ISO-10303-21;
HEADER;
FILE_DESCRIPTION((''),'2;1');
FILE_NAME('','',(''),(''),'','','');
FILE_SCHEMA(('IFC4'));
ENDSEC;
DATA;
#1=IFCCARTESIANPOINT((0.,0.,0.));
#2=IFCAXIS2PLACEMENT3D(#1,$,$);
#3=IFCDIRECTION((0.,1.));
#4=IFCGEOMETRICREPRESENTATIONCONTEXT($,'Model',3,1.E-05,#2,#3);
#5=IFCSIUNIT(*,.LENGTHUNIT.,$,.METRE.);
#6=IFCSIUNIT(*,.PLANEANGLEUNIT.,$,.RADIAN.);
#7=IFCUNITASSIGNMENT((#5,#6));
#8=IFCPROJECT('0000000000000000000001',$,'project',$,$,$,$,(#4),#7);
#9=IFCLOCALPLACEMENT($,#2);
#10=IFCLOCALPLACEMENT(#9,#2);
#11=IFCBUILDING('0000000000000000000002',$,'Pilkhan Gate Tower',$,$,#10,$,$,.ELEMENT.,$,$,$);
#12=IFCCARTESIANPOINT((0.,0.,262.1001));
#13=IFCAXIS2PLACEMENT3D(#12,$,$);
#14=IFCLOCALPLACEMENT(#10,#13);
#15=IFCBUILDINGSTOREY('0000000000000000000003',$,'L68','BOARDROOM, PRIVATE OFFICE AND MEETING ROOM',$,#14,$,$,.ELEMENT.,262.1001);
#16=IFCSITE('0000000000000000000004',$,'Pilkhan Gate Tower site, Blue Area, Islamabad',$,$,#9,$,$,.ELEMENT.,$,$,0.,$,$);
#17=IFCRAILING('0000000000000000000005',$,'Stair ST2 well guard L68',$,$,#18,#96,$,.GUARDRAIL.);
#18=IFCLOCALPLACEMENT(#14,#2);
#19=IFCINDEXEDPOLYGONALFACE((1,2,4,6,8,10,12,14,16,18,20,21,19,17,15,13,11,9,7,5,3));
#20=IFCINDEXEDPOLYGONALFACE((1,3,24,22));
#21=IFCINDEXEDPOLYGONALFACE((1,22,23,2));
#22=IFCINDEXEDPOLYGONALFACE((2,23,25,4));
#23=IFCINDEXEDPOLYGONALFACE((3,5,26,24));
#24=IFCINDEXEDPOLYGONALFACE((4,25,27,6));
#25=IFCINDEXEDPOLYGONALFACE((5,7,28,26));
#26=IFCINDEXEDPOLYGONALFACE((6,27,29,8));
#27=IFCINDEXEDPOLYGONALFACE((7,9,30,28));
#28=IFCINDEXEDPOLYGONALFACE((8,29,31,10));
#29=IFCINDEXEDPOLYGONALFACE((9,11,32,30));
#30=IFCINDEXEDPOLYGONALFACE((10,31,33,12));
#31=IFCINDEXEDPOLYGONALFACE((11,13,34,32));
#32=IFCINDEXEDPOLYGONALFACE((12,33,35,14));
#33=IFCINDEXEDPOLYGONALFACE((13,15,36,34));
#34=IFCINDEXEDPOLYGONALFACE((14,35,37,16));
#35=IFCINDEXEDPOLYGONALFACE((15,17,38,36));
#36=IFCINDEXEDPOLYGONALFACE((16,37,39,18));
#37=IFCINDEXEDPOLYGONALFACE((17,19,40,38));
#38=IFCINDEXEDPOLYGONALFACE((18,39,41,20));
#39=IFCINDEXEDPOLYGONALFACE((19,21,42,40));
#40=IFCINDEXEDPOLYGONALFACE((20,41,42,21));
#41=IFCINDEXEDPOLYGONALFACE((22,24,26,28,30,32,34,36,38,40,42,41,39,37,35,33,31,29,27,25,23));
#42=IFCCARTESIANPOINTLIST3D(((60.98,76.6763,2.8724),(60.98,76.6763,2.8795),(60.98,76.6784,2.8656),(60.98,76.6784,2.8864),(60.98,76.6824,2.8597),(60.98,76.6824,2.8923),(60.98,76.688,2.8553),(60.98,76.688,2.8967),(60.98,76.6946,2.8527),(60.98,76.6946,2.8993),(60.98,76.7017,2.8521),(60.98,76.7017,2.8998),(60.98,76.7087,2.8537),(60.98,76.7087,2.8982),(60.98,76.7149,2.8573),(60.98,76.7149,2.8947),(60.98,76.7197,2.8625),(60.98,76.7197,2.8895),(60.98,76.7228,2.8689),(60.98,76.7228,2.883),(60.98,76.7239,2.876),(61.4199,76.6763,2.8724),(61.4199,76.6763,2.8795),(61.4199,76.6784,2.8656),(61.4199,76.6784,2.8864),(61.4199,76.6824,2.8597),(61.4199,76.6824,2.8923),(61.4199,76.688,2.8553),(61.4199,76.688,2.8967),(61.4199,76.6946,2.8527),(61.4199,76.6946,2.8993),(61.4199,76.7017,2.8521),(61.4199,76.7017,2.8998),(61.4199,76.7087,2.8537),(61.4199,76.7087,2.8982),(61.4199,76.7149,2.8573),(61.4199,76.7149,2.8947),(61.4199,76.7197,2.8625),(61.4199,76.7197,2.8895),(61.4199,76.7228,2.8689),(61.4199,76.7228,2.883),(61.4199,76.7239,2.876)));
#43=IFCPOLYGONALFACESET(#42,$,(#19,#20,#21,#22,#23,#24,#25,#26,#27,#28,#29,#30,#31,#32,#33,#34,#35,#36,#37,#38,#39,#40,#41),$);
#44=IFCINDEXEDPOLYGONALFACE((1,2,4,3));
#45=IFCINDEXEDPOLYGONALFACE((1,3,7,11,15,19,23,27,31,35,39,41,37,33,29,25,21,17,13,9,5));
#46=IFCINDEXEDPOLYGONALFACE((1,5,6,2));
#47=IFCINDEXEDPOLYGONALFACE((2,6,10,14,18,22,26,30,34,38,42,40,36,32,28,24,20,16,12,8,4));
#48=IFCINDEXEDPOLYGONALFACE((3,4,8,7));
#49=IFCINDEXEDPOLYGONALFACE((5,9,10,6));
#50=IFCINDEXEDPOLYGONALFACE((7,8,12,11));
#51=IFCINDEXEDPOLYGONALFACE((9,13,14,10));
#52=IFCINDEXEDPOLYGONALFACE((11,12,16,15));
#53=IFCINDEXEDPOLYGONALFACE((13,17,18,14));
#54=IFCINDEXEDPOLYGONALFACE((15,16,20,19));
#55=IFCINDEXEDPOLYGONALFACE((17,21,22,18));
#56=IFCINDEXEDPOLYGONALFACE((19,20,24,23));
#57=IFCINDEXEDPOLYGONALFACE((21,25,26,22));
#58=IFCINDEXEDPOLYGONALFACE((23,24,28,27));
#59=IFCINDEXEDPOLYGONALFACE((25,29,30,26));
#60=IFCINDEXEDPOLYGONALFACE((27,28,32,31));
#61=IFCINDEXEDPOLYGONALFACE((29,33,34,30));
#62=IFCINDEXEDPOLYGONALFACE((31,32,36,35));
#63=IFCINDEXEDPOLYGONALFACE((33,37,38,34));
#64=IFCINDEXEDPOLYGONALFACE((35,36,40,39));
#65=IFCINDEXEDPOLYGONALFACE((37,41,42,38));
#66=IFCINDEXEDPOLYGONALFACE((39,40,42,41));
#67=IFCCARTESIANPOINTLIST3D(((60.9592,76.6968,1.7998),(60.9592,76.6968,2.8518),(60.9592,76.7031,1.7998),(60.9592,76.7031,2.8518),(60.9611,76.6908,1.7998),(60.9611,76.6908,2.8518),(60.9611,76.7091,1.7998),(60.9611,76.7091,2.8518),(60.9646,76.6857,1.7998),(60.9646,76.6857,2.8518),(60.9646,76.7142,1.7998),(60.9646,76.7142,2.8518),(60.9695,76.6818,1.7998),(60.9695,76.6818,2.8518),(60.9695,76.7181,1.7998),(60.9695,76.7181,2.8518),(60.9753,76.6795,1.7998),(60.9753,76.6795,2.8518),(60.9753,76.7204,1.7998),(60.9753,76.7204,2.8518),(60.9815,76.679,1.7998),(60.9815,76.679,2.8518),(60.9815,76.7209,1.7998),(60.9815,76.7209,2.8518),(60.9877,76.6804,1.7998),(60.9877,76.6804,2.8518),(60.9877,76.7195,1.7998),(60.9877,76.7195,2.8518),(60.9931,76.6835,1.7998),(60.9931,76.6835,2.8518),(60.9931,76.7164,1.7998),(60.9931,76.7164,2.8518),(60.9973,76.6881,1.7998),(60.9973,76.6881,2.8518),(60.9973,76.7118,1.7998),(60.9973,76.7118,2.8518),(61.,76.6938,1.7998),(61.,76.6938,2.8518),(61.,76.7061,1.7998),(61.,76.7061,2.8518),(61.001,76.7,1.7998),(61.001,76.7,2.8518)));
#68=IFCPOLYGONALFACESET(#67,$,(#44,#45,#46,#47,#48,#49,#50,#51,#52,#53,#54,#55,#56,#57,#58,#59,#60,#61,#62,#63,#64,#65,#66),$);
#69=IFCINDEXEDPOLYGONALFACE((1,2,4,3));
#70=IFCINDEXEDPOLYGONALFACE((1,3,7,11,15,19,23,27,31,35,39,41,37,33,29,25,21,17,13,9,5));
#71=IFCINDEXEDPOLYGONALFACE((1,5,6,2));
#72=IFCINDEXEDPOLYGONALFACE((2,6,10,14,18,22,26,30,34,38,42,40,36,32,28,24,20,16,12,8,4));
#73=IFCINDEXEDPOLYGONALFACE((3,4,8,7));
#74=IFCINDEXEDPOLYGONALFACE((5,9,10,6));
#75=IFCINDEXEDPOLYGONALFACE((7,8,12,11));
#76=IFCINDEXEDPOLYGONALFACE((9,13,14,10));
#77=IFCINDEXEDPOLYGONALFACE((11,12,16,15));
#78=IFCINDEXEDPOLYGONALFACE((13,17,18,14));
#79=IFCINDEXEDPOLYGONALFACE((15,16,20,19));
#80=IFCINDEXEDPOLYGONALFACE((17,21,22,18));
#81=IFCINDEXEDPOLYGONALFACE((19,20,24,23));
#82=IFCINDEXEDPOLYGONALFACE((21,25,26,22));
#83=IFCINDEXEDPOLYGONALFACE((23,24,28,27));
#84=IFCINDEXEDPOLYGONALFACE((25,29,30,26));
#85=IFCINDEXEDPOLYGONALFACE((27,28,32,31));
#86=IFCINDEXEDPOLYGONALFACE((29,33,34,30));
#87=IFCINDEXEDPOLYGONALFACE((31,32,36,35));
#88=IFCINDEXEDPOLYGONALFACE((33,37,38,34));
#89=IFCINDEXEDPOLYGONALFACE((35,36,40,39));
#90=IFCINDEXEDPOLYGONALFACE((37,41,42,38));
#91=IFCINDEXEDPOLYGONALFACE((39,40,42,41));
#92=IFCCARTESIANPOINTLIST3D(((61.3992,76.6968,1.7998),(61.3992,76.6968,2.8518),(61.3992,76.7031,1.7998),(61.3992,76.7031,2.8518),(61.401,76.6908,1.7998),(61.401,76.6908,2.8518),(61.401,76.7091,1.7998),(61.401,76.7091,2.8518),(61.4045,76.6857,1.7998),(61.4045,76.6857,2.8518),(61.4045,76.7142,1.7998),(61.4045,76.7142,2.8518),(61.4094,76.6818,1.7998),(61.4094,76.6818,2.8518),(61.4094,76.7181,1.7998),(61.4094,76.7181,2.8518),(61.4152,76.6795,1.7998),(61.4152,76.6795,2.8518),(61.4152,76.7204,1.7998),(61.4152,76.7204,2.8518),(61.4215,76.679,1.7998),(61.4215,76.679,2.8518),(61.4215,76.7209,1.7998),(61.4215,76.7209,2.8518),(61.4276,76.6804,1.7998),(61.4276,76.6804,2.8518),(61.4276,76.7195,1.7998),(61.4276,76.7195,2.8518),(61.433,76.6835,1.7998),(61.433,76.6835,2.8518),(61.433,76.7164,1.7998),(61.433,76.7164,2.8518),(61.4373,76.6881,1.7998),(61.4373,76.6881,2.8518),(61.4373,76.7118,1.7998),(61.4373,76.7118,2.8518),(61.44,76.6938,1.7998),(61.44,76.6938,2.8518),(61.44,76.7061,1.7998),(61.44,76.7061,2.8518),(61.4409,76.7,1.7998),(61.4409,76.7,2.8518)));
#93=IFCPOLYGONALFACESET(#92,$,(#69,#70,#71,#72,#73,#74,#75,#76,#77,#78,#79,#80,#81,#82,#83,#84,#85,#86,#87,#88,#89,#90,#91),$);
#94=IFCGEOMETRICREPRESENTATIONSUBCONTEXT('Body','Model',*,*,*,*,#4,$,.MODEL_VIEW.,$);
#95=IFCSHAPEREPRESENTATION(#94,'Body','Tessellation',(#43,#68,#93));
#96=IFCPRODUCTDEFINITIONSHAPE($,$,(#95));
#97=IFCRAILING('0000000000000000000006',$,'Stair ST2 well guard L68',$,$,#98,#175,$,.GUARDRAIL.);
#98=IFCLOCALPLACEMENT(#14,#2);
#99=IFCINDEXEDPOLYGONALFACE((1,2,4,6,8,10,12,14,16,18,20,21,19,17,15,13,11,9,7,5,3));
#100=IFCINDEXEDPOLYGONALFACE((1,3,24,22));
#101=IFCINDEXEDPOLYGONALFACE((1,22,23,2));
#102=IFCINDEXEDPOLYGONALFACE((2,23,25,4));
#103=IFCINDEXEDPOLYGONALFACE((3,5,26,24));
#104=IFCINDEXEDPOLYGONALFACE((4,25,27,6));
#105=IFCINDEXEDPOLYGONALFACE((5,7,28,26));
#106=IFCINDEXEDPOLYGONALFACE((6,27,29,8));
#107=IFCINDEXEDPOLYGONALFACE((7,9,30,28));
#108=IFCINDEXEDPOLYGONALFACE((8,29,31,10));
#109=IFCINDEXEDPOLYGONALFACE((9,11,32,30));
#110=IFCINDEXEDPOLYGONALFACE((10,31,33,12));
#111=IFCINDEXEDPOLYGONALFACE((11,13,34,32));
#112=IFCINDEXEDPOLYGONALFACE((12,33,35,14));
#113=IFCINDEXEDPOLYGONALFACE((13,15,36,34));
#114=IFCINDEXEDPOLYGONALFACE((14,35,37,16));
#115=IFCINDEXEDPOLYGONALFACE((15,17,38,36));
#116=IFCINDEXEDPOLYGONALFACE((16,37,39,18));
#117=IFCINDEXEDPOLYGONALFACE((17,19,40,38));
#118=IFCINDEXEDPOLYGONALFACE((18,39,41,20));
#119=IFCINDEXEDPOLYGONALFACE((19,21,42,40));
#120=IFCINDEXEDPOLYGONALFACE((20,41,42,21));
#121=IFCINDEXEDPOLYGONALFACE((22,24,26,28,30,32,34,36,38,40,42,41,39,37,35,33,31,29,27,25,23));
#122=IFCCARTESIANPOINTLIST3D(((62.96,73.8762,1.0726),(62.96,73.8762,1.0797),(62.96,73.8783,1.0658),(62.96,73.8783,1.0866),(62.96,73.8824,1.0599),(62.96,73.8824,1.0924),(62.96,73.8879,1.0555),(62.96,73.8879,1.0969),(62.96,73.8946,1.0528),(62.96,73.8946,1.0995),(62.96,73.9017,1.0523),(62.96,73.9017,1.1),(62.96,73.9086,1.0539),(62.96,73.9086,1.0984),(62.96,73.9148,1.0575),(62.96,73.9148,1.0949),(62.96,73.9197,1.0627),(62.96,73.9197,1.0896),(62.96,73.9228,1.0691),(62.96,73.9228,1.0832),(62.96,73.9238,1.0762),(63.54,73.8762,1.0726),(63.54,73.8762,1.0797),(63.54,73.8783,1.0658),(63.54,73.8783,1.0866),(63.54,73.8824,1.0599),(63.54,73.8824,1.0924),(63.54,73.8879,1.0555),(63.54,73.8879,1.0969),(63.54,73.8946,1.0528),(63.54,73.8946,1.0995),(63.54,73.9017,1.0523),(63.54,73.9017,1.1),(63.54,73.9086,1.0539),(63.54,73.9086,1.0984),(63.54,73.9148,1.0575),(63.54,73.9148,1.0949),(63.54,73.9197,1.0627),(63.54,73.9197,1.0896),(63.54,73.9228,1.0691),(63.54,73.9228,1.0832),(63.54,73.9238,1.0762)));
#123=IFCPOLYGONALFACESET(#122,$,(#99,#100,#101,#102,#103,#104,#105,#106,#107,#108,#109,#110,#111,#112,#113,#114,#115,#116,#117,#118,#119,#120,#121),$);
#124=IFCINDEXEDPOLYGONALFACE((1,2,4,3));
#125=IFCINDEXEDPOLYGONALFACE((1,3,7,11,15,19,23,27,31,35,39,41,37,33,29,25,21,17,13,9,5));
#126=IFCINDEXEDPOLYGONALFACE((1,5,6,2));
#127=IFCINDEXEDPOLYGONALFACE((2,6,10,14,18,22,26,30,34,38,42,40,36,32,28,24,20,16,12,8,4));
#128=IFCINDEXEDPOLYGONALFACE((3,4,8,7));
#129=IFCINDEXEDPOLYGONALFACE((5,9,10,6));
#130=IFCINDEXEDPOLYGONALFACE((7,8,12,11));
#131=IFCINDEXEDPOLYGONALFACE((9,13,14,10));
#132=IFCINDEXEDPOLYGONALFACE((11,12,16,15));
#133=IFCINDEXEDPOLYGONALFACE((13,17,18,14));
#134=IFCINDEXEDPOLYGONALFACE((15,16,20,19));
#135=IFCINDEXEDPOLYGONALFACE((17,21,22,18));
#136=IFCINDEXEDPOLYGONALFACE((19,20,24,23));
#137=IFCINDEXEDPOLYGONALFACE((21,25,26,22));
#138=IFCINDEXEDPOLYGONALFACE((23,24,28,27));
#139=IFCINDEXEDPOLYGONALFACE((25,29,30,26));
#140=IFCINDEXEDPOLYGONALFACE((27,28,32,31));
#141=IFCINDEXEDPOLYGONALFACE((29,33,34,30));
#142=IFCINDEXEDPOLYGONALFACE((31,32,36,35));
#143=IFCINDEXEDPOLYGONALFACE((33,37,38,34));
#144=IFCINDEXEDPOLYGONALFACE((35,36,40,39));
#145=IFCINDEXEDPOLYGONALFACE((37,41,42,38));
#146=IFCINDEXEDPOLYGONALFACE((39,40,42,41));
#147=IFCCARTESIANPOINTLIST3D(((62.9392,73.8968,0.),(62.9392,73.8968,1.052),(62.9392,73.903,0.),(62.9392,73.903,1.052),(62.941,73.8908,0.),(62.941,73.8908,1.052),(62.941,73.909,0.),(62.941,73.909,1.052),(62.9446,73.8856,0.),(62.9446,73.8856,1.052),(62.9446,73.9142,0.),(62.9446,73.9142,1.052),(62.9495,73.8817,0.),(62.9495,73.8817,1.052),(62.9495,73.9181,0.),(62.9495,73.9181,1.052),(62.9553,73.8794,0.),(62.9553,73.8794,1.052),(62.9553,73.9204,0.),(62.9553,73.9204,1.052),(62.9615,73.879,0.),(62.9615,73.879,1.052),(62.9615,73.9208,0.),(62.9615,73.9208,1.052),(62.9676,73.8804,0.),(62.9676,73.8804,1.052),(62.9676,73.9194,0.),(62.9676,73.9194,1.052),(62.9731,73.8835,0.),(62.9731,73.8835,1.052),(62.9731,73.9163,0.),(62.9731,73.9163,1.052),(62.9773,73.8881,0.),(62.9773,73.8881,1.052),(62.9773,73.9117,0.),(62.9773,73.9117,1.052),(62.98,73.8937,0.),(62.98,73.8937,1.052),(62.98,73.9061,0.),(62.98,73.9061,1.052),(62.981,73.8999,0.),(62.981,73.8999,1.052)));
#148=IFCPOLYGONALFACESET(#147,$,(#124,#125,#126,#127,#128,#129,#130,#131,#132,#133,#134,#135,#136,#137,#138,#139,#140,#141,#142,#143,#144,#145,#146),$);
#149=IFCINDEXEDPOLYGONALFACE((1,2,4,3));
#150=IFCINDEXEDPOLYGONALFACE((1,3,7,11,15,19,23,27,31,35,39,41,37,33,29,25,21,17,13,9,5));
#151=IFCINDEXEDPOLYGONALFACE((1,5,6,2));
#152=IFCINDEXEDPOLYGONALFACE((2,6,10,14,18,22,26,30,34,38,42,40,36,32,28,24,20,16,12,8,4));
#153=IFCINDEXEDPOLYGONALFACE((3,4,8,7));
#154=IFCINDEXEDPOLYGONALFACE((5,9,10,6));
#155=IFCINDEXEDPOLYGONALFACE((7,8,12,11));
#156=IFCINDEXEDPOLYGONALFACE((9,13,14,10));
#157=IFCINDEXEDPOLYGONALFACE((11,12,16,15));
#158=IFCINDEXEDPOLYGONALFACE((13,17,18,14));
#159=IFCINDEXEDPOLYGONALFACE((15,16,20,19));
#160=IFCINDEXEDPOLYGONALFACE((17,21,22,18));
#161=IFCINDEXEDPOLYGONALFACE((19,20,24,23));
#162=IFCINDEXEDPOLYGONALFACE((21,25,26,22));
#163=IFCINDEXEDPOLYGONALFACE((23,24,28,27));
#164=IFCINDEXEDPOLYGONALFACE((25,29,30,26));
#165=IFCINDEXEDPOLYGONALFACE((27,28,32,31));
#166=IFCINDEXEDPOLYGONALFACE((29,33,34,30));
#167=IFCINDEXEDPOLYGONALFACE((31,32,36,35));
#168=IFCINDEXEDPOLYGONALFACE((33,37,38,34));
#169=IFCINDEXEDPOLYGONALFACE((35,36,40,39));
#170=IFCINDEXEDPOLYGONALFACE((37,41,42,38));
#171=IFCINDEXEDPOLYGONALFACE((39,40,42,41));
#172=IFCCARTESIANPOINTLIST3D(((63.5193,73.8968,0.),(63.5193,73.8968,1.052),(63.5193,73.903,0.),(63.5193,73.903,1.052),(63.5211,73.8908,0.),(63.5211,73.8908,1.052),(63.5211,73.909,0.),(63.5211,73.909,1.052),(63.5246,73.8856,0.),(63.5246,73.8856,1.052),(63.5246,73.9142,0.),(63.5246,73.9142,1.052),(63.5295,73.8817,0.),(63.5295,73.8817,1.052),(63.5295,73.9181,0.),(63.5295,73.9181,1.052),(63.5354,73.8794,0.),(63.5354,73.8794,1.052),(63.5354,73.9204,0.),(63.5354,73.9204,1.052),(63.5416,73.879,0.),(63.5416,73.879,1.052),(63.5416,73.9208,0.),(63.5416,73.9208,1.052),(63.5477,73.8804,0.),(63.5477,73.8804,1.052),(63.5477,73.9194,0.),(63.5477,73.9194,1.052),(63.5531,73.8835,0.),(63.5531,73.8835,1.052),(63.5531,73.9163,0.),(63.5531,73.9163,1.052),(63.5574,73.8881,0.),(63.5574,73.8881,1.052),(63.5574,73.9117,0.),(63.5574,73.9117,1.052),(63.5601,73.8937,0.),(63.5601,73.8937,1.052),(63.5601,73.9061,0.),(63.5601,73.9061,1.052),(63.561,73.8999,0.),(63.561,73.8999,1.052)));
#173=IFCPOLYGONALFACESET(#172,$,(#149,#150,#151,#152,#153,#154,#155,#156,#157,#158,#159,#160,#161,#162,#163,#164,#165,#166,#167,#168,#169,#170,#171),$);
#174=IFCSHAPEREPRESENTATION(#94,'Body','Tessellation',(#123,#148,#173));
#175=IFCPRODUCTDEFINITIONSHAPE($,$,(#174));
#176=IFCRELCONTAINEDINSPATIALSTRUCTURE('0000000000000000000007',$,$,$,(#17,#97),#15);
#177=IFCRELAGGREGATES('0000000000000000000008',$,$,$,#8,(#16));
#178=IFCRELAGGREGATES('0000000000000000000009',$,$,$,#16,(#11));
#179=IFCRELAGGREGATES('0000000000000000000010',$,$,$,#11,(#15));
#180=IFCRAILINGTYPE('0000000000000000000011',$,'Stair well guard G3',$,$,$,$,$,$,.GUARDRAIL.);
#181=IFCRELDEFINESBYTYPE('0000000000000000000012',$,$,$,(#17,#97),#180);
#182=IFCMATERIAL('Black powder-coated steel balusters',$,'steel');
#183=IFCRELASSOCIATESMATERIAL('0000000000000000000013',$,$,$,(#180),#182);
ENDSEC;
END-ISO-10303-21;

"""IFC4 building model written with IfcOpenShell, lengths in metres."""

from ifc_helpers import new_model, si_unit, direction, frame, origin, origin_2d, place, context, subcontext, project, spatial, circle, extrude, material, type_object, element, save


model = new_model("IFC4")

# Units and contexts
model_context = context("Model", 3, precision=1e-05, world=origin(), true_north=direction((0.0, 1.0)))
body_context = subcontext(model_context, "Body", "Model", "MODEL_VIEW")
ifc_project = project(units=[si_unit("LENGTHUNIT", "METRE"), si_unit("PLANEANGLEUNIT", "RADIAN")], contexts=[model_context])

# Site, building, storey
site_placement = place(None, origin())
site = spatial("IfcSite", under=ifc_project, at=site_placement, Name="Pilkhan Gate Tower site, Blue Area, Islamabad", CompositionType="ELEMENT", RefElevation=0.0)
building_placement = place(site_placement, origin())
building = spatial("IfcBuilding", under=site, at=building_placement, Name="Pilkhan Gate Tower", CompositionType="ELEMENT")
storey_placement = place(building_placement, frame((0.0, 0.0, 262.1001)))
storey = spatial("IfcBuildingStorey", under=building, at=storey_placement, Name="L68", Description="BOARDROOM, PRIVATE OFFICE AND MEETING ROOM", CompositionType="ELEMENT", Elevation=262.1001)

# Railings
ifc_material_1 = material(Name="Black powder-coated steel balusters", Category="steel")
railing_type_1 = type_object("IfcRailingType", Name="Stair well guard G3", PredefinedType="GUARDRAIL", material=ifc_material_1)
railing_1_placement = place(storey_placement, frame((60.98, 76.7, 1.7998)))
element("IfcRailing", 1, at=railing_1_placement, inside=storey, type_object=railing_type_1, Name="Stair ST2 well guard L68", PredefinedType="GUARDRAIL", context=body_context, shape_type="SweptSolid", body=[
    extrude(circle(Radius=0.0239, at=origin_2d()), frame((0.0, 0.0, 1.0762), z_axis=(1.0, 0.0, 0.0), x_axis=(0.0, 1.0, 0.0)), (0.0, 0.0, 1.0), 0.4399),
    extrude(circle(Radius=0.021, at=origin_2d()), origin(), (0.0, 0.0, 1.0), 1.052),
    extrude(circle(Radius=0.021, at=origin_2d()), frame((0.4399, 0.0, 0.0)), (0.0, 0.0, 1.0), 1.052),
])
for number, where, name in (
    (2, (62.96, 73.8999, 0.0), "Stair ST2 well guard L68"),
):
    element("IfcRailing", number, at=place(storey_placement, frame(where)), inside=storey, type_object=railing_type_1, Name=name, PredefinedType="GUARDRAIL", context=body_context, shape_type="SweptSolid", body=[
        extrude(circle(Radius=0.0239, at=origin_2d()), frame((0.0, 0.0, 1.0762), z_axis=(1.0, 0.0, 0.0), x_axis=(0.0, 1.0, 0.0)), (0.0, 0.0, 1.0), 0.5801),
        extrude(circle(Radius=0.021, at=origin_2d()), origin(), (0.0, 0.0, 1.0), 1.052),
        extrude(circle(Radius=0.021, at=origin_2d()), frame((0.5801, 0.0, 0.0)), (0.0, 0.0, 1.0), 1.052),
    ])

save(model, "model.ifc")
